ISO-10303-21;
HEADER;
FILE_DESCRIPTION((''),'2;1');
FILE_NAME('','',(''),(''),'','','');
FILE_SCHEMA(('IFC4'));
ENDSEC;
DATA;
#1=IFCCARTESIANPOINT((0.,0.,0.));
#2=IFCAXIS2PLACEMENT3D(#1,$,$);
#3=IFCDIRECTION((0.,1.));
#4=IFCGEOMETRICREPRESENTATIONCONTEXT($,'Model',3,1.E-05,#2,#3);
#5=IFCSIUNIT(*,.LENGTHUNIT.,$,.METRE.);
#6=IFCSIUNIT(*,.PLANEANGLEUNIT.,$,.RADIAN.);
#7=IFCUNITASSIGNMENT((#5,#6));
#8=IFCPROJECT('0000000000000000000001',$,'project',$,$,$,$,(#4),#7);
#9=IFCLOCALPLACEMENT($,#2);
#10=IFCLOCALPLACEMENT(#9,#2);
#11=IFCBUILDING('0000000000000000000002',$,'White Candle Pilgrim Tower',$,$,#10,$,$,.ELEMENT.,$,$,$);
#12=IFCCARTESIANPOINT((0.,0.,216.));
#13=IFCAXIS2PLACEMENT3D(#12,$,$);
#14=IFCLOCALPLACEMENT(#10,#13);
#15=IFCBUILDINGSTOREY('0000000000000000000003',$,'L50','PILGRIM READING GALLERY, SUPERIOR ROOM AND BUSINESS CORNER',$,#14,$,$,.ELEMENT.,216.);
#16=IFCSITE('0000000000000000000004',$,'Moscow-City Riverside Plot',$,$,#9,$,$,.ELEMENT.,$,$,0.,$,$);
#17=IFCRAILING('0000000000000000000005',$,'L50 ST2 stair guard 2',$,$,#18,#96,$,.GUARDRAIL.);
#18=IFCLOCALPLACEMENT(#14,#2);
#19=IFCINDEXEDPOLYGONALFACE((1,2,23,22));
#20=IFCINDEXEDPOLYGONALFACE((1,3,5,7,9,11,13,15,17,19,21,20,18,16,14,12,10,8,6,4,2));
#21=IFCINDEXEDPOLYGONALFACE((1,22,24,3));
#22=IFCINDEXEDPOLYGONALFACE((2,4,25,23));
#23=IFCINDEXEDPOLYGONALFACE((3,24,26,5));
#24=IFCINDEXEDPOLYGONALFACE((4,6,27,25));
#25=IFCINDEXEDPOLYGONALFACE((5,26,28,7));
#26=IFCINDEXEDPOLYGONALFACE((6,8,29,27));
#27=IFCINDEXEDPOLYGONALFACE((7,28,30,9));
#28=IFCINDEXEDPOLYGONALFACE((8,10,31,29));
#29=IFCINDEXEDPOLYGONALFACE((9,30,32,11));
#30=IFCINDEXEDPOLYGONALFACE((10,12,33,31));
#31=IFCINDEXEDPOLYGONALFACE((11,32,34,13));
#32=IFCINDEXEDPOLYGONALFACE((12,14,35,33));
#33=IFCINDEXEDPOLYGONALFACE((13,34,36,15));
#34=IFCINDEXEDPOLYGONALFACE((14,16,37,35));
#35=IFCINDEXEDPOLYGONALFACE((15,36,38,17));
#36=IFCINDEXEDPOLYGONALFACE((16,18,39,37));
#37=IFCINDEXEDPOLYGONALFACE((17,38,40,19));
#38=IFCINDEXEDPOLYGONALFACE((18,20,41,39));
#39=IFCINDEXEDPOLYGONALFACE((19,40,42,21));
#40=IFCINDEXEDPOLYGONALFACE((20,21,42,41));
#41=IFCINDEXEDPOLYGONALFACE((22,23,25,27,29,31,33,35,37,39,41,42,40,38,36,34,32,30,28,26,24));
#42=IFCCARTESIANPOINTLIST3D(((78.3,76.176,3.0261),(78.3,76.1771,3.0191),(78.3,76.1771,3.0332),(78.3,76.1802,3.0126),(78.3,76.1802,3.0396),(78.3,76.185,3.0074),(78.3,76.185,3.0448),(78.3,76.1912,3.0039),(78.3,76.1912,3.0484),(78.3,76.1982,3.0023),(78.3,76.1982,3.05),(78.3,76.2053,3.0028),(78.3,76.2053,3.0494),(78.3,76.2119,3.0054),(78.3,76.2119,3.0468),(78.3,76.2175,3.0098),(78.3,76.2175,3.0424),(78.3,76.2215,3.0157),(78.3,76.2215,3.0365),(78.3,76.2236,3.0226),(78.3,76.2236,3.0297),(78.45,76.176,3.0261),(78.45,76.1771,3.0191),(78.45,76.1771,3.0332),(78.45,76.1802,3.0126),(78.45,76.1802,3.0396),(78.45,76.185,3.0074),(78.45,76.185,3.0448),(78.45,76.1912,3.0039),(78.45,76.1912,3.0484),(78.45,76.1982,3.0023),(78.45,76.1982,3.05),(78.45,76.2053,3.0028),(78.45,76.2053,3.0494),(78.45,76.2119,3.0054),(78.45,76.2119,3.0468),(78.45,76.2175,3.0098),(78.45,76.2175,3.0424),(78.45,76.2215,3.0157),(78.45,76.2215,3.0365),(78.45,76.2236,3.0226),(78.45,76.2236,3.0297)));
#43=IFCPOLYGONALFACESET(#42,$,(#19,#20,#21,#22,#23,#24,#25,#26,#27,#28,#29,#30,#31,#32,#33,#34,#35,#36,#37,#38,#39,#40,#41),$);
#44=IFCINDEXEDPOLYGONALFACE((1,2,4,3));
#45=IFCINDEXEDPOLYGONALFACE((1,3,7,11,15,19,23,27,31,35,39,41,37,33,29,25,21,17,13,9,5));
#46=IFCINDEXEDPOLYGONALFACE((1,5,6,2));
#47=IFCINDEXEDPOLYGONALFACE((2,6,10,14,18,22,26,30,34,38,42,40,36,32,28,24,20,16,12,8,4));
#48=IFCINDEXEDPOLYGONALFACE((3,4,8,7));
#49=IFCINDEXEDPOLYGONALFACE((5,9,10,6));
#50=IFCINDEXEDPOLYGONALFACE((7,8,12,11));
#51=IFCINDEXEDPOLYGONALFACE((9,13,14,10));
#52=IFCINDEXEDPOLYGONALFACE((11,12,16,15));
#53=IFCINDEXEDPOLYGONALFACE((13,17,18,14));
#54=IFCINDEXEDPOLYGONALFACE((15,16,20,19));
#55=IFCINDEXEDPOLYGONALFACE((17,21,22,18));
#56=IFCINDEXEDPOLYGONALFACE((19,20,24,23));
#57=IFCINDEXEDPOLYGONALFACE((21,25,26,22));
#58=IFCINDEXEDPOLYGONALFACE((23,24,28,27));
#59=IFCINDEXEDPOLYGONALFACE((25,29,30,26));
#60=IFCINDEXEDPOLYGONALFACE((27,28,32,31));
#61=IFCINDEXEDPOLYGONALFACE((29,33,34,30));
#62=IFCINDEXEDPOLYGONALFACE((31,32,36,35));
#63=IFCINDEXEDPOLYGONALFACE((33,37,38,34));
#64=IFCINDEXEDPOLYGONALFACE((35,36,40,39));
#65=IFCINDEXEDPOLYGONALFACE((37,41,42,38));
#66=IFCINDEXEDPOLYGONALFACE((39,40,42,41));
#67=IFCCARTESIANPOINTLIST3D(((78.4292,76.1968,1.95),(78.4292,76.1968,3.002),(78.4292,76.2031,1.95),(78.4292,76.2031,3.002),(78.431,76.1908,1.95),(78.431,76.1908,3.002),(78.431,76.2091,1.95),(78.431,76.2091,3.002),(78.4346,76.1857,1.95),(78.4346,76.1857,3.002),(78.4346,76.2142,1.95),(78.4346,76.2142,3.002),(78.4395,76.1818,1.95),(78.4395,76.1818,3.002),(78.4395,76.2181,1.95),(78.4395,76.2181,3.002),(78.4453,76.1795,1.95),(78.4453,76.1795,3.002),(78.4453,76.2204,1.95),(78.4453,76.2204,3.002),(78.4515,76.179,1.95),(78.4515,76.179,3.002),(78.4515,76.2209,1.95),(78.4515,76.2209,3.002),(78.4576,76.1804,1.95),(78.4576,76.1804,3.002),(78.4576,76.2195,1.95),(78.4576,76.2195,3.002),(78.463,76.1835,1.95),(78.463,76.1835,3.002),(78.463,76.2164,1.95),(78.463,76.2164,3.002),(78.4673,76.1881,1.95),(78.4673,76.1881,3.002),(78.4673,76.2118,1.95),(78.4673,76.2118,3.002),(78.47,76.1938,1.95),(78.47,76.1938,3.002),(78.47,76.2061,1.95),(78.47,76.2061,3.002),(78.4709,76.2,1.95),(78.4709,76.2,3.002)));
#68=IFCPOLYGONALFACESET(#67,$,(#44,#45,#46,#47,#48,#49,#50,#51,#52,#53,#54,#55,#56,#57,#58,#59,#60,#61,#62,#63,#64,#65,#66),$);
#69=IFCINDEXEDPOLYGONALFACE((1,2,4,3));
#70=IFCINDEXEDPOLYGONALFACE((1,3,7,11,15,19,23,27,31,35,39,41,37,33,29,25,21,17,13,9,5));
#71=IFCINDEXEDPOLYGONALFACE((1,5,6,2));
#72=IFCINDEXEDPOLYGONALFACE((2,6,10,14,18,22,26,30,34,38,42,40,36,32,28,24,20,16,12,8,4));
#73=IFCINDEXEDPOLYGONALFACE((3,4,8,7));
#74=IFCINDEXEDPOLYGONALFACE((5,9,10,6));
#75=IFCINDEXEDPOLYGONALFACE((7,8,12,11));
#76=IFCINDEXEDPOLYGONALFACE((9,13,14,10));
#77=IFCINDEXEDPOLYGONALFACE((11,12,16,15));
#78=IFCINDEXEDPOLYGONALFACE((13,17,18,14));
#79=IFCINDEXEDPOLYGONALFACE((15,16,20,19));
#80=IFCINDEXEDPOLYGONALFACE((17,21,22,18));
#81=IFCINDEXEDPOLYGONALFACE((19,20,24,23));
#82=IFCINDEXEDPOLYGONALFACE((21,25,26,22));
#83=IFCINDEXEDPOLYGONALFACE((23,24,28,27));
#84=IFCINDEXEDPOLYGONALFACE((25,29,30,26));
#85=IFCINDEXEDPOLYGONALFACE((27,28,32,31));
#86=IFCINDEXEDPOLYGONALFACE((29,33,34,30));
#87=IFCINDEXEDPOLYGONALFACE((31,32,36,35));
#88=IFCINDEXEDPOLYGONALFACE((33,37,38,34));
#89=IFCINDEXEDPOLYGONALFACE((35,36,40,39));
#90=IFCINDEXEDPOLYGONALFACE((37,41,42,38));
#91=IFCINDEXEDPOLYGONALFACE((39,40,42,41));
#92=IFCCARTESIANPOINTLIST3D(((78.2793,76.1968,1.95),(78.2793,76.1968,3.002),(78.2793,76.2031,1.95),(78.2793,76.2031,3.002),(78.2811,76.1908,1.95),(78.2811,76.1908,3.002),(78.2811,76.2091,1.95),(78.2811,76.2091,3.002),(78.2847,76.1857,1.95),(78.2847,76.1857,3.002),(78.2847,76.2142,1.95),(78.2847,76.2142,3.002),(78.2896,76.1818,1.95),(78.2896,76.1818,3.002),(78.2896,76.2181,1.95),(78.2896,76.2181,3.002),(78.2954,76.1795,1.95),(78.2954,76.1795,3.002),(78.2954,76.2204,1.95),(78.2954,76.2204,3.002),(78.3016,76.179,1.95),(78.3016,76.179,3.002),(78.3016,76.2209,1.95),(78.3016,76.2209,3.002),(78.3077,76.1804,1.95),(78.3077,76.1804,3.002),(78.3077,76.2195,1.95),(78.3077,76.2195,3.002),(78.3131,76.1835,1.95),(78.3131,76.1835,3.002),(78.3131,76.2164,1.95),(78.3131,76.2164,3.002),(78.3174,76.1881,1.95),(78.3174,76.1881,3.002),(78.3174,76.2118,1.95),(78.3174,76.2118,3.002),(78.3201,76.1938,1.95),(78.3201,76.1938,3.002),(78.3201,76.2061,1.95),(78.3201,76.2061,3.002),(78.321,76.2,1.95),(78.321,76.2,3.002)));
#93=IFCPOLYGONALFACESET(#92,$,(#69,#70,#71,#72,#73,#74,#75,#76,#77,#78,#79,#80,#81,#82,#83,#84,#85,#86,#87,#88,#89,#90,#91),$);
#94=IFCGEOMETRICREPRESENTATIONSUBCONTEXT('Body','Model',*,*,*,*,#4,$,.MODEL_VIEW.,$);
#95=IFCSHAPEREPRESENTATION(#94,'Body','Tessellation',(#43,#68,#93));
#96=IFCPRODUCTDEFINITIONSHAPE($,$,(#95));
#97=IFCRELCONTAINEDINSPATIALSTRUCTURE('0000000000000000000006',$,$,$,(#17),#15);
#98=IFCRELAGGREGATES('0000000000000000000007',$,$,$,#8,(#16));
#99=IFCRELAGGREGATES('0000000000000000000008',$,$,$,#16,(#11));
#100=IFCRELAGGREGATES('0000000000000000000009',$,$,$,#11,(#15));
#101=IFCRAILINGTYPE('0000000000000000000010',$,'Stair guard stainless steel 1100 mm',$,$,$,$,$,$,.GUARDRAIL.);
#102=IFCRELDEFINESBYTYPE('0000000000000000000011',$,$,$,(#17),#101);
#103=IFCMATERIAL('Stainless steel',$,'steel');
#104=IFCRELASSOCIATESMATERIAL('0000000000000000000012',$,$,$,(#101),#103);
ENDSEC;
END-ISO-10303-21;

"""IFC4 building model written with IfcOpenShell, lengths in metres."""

from ifc_helpers import new_model, si_unit, direction, frame, origin, origin_2d, place, context, subcontext, project, spatial, circle, extrude, material, type_object, element, save


model = new_model("IFC4")

# Units and contexts
model_context = context("Model", 3, precision=1e-05, world=origin(), true_north=direction((0.0, 1.0)))
body_context = subcontext(model_context, "Body", "Model", "MODEL_VIEW")
ifc_project = project(units=[si_unit("LENGTHUNIT", "METRE"), si_unit("PLANEANGLEUNIT", "RADIAN")], contexts=[model_context])

# Site, building, storey
site_placement = place(None, origin())
site = spatial("IfcSite", under=ifc_project, at=site_placement, Name="Moscow-City Riverside Plot", CompositionType="ELEMENT", RefElevation=0.0)
building_placement = place(site_placement, origin())
building = spatial("IfcBuilding", under=site, at=building_placement, Name="White Candle Pilgrim Tower", CompositionType="ELEMENT")
storey_placement = place(building_placement, frame((0.0, 0.0, 216.0)))
storey = spatial("IfcBuildingStorey", under=building, at=storey_placement, Name="L50", Description="PILGRIM READING GALLERY, SUPERIOR ROOM AND BUSINESS CORNER", CompositionType="ELEMENT", Elevation=216.0)

# Railing
ifc_material_1 = material(Name="Stainless steel", Category="steel")
railing_type_1 = type_object("IfcRailingType", Name="Stair guard stainless steel 1100 mm", PredefinedType="GUARDRAIL", material=ifc_material_1)
railing_1_placement = place(storey_placement, frame((78.45, 76.2, 1.95)))
element("IfcRailing", 1, at=railing_1_placement, inside=storey, type_object=railing_type_1, Name="L50 ST2 stair guard 2", PredefinedType="GUARDRAIL", context=body_context, shape_type="SweptSolid", body=[
    extrude(circle(Radius=0.0239, at=origin_2d()), frame((0.0, 0.0, 1.0762), z_axis=(-1.0, 0.0, 0.0), x_axis=(0.0, -1.0, 0.0)), (0.0, 0.0, 1.0), 0.1499),
    extrude(circle(Radius=0.021, at=origin_2d()), origin(), (0.0, 0.0, 1.0), 1.052),
    extrude(circle(Radius=0.021, at=origin_2d()), frame((-0.1499, 0.0, 0.0)), (0.0, 0.0, 1.0), 1.052),
])

save(model, "model.ifc")
